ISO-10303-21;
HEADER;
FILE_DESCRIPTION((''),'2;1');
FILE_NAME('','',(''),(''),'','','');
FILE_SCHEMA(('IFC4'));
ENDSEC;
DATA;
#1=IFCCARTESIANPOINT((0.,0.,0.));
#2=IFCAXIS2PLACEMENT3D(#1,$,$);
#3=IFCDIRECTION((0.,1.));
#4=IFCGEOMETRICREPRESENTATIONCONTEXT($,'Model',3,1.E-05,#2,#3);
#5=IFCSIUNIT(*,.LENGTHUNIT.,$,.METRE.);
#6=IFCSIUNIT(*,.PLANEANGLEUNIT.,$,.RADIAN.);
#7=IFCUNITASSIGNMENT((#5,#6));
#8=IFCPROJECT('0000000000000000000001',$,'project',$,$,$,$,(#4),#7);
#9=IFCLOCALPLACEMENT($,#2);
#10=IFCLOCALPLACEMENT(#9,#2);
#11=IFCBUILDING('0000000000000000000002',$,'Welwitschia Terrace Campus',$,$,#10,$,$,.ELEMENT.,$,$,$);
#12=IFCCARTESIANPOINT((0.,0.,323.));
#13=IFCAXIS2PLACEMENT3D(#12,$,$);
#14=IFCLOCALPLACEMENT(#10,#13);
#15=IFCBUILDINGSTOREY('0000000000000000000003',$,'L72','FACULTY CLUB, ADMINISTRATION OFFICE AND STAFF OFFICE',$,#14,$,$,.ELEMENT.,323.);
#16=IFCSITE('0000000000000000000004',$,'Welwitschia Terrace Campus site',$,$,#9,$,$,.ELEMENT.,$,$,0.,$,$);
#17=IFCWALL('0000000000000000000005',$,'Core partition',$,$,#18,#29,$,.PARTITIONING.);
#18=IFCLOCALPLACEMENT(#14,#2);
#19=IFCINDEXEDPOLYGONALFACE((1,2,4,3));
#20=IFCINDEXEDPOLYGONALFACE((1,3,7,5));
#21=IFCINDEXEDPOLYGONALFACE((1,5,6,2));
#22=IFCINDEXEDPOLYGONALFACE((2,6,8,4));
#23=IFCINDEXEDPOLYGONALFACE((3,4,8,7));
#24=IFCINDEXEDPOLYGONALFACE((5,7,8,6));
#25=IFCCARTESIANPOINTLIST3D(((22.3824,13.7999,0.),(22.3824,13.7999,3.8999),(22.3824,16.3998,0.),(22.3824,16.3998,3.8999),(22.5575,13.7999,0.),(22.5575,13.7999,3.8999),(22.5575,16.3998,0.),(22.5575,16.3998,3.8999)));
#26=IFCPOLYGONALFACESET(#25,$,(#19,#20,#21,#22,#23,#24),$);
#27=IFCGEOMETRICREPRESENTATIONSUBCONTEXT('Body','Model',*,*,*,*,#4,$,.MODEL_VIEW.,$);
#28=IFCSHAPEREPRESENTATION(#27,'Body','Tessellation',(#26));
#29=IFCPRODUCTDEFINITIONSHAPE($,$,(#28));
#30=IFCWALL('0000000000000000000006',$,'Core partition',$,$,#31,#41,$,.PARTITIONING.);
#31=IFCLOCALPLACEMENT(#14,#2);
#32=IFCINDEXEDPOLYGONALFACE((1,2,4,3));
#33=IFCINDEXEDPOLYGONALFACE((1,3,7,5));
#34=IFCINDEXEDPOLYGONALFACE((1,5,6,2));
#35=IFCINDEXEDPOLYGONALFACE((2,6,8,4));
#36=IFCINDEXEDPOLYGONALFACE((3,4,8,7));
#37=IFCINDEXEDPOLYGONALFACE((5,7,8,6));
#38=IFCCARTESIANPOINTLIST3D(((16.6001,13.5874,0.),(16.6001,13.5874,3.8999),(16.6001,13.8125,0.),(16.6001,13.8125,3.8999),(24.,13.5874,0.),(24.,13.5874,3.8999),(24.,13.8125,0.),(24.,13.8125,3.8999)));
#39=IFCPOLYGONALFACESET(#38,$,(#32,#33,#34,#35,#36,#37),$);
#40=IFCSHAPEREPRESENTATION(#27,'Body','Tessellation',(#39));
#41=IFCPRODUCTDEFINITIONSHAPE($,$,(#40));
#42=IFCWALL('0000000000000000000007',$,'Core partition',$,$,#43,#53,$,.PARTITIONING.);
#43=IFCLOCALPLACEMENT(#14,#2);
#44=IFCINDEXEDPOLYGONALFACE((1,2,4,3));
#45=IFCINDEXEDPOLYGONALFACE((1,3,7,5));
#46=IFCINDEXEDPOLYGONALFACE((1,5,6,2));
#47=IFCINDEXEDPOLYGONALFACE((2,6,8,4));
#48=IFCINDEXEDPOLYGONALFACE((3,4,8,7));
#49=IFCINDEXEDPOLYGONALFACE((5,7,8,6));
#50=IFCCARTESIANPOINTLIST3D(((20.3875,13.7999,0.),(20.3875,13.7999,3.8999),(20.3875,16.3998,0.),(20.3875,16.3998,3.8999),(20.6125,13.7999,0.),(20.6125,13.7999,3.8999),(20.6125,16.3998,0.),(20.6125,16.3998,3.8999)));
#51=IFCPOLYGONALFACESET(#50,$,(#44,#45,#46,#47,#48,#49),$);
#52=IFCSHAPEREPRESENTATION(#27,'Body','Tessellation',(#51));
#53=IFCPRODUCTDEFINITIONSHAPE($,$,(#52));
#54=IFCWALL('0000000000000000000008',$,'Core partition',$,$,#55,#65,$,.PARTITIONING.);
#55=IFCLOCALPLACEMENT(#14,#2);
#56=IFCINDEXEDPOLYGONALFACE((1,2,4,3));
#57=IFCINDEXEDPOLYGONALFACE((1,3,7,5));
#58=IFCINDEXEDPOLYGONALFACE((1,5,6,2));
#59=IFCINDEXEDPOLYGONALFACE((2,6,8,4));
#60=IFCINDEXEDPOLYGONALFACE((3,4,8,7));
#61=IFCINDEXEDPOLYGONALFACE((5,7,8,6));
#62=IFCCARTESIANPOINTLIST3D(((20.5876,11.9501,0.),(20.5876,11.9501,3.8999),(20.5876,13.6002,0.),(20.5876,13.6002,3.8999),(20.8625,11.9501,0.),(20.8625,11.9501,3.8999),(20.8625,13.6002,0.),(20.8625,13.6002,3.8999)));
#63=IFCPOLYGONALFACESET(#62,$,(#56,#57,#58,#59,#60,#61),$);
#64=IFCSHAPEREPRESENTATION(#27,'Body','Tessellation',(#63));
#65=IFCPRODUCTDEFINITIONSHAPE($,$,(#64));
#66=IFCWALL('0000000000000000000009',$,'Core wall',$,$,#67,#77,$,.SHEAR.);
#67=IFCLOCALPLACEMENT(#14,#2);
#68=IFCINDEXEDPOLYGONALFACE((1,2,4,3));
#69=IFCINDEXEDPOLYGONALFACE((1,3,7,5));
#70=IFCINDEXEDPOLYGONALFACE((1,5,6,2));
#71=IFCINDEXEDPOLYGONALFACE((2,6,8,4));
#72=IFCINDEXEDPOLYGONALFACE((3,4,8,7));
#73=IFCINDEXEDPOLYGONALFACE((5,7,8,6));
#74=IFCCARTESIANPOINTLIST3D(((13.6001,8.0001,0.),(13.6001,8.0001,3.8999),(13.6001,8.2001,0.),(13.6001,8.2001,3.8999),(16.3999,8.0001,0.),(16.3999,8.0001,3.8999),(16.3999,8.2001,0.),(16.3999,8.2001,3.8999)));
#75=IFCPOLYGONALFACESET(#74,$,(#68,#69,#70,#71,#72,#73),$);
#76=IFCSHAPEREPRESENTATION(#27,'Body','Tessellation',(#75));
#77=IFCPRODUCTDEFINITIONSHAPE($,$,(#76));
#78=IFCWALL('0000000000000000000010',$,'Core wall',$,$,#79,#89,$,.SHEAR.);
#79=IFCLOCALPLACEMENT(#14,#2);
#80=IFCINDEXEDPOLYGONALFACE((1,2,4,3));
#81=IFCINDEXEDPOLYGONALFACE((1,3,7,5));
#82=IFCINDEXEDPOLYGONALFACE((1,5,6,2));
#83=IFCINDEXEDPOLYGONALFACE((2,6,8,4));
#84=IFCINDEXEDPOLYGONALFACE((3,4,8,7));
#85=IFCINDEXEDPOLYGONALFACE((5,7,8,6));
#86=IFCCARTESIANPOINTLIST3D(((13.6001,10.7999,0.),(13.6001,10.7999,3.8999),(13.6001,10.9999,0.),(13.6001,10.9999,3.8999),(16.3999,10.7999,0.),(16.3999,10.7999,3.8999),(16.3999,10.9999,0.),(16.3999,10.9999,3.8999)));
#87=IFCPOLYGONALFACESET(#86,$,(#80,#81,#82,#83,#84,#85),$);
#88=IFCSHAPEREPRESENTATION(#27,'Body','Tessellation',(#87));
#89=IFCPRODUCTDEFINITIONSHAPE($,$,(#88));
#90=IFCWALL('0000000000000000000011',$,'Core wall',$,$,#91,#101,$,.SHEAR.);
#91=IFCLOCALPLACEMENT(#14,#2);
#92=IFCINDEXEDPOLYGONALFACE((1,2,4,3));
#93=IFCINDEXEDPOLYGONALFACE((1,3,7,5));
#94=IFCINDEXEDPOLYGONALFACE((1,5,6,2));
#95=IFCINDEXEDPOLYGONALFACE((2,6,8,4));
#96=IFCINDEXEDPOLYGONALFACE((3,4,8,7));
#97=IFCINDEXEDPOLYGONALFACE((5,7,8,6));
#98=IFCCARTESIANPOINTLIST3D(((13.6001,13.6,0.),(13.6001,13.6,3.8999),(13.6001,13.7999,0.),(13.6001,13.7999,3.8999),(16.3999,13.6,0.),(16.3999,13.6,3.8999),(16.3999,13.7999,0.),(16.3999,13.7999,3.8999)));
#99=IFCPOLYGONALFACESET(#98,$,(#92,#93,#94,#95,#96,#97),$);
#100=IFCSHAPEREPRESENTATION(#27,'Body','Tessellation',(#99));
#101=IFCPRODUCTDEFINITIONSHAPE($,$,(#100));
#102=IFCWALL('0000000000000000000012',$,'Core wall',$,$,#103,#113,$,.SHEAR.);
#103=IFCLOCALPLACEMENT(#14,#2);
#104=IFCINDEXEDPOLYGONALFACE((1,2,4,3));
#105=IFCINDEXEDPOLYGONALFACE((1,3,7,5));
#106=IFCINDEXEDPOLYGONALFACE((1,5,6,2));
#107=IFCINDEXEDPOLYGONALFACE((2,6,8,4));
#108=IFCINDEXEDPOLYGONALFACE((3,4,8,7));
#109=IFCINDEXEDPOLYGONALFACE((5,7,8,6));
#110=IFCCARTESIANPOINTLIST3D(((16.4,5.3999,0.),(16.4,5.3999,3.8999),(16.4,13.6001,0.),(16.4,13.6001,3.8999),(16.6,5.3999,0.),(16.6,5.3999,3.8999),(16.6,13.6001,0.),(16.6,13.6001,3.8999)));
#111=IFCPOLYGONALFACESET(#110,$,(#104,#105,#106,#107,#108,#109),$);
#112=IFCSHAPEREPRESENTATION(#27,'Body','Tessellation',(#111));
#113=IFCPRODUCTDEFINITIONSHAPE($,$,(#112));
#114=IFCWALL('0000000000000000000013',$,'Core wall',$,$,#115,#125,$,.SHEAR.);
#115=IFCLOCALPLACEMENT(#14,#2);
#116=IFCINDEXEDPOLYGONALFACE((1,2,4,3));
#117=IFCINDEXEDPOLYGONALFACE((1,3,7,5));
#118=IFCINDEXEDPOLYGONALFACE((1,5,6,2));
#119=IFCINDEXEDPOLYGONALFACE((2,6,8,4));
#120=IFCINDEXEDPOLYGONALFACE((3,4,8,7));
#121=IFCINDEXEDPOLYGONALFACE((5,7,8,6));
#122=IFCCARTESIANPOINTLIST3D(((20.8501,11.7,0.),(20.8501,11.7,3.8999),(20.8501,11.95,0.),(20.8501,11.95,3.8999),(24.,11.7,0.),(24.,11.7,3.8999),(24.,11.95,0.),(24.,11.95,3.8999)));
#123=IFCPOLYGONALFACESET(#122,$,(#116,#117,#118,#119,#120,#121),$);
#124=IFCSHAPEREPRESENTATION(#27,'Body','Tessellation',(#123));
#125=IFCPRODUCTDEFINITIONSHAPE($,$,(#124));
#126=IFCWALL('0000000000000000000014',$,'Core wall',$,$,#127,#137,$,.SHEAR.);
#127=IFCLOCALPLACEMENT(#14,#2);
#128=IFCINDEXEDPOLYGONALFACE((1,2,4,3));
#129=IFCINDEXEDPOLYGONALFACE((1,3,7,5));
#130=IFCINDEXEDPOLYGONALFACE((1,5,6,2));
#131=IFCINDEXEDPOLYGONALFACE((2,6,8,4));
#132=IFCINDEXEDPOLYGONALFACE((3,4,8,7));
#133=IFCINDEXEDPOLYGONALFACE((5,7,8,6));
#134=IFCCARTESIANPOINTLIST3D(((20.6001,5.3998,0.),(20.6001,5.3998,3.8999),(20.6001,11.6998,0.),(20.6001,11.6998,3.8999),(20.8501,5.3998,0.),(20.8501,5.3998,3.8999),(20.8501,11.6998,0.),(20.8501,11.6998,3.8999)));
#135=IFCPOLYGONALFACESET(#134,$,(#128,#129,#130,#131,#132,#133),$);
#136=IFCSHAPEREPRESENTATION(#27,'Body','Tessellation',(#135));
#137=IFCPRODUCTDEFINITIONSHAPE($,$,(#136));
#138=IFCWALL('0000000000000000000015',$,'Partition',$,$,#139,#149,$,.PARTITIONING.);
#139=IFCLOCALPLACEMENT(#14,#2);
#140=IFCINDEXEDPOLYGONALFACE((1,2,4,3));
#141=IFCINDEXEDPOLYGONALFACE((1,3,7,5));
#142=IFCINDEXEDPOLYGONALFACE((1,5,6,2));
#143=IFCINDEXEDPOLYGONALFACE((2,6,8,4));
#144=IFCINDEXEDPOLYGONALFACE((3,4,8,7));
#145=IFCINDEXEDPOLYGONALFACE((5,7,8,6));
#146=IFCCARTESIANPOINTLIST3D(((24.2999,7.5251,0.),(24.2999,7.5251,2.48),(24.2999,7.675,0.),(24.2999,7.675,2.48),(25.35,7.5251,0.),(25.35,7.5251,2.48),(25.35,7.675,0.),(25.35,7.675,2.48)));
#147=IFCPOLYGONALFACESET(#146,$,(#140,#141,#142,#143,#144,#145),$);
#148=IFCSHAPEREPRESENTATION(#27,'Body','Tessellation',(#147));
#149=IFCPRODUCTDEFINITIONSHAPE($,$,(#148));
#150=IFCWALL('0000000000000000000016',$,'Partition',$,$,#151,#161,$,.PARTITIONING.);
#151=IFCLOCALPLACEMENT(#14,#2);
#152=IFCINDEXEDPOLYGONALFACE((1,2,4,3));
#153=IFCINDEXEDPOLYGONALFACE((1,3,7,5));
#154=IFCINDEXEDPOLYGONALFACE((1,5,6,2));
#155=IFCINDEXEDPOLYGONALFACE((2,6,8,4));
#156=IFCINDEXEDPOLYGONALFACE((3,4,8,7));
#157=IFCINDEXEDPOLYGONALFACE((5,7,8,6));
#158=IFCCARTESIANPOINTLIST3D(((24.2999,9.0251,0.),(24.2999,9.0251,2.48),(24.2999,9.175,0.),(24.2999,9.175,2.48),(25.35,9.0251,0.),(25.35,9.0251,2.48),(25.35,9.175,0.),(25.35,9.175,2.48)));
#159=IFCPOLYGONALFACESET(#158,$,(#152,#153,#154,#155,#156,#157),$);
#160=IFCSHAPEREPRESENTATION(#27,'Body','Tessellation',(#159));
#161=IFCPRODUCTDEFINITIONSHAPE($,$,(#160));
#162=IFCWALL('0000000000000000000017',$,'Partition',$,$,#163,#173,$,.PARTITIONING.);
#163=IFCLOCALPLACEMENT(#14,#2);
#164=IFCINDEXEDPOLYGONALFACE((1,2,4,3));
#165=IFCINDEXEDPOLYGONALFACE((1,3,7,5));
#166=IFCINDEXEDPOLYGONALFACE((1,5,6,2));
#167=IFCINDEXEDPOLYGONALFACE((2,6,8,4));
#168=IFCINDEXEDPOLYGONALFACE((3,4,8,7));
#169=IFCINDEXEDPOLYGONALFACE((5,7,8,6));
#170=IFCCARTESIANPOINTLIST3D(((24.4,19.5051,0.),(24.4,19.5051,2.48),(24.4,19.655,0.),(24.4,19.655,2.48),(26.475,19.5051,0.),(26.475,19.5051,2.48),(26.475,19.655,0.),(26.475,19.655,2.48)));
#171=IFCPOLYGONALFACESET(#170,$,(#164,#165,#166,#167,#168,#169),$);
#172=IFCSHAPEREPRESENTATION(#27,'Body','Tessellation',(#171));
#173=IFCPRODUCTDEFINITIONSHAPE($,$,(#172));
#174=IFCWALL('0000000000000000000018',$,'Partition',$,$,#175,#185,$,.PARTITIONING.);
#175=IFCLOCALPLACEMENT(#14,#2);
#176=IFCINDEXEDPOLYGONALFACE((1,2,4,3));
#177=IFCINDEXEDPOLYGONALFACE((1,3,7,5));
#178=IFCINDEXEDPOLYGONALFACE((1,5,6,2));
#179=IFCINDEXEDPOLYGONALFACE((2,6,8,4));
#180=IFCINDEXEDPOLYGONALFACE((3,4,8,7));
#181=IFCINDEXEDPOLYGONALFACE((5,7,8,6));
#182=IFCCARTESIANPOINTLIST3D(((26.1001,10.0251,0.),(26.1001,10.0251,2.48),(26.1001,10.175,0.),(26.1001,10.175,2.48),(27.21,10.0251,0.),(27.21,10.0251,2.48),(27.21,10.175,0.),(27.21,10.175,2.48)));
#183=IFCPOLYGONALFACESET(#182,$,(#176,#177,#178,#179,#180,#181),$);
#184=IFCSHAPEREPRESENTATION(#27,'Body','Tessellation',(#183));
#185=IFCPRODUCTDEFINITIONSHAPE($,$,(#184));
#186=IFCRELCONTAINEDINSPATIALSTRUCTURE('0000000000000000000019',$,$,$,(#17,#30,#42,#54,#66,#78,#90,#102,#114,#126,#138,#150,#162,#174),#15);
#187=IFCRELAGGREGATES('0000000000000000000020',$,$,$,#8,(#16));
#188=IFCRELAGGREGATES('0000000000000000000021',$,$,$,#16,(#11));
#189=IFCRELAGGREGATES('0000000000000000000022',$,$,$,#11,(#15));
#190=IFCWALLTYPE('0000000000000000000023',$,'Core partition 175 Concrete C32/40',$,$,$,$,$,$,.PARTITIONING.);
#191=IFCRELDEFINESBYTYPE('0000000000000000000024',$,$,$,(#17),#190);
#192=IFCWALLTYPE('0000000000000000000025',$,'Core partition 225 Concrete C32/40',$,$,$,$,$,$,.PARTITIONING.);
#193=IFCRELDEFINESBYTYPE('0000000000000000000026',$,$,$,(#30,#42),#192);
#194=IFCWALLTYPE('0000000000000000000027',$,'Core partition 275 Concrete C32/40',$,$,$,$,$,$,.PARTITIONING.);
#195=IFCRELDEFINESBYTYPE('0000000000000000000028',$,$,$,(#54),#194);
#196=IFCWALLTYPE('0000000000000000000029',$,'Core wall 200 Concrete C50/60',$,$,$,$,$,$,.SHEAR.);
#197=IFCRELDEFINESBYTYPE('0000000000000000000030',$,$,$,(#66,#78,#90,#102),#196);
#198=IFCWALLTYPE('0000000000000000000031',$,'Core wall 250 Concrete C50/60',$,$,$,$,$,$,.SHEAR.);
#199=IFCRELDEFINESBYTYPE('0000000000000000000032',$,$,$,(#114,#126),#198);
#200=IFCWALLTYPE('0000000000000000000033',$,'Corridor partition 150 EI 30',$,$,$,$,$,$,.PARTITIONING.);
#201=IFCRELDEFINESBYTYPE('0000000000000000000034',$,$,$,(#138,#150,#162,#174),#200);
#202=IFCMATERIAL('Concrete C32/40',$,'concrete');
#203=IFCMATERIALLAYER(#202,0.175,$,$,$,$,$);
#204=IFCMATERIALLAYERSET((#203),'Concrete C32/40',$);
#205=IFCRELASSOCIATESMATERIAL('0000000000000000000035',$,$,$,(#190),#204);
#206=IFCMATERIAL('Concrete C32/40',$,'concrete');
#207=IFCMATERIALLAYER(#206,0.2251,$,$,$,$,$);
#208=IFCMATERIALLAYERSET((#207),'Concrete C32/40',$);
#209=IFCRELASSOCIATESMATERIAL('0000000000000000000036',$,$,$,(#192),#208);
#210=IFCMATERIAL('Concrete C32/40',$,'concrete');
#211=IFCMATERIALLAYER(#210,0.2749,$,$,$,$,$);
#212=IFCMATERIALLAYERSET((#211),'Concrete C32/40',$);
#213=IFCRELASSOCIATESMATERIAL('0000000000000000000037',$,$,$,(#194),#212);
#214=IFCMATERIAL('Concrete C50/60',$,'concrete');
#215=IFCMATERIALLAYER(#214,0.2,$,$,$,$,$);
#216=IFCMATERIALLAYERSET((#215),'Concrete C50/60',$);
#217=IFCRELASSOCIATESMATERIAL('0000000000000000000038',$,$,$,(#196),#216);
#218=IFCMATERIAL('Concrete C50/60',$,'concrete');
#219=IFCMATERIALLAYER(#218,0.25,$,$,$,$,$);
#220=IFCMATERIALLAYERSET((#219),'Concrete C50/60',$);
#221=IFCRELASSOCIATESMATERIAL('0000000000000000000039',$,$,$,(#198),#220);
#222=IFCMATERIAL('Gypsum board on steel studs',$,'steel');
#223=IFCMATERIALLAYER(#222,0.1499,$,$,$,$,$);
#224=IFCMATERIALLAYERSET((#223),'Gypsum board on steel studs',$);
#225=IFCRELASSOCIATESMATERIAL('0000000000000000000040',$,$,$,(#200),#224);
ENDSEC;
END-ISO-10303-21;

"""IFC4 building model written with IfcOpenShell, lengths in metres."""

from ifc_helpers import new_model, si_unit, direction, frame, frame_2d, origin, place, context, subcontext, project, spatial, rectangle, extrude, material, layer, layer_set, type_object, element, save


model = new_model("IFC4")

# Units and contexts
model_context = context("Model", 3, precision=1e-05, world=origin(), true_north=direction((0.0, 1.0)))
body_context = subcontext(model_context, "Body", "Model", "MODEL_VIEW")
ifc_project = project(units=[si_unit("LENGTHUNIT", "METRE"), si_unit("PLANEANGLEUNIT", "RADIAN")], contexts=[model_context])

# Site, building, storey
site_placement = place(None, origin())
site = spatial("IfcSite", under=ifc_project, at=site_placement, Name="Welwitschia Terrace Campus site", CompositionType="ELEMENT", RefElevation=0.0)
building_placement = place(site_placement, origin())
building = spatial("IfcBuilding", under=site, at=building_placement, Name="Welwitschia Terrace Campus", CompositionType="ELEMENT")
storey_placement = place(building_placement, frame((0.0, 0.0, 323.0)))
storey = spatial("IfcBuildingStorey", under=building, at=storey_placement, Name="L72", Description="FACULTY CLUB, ADMINISTRATION OFFICE AND STAFF OFFICE", CompositionType="ELEMENT", Elevation=323.0)

# Walls
ifc_material_1 = material(Name="Concrete C32/40", Category="concrete")
ifc_layer_1 = layer(ifc_material_1, 0.175)
ifc_layer_set_1 = layer_set([ifc_layer_1], Name="Concrete C32/40")
wall_type_1 = type_object("IfcWallType", Name="Core partition 175 Concrete C32/40", PredefinedType="PARTITIONING", material=ifc_layer_set_1)
wall_1_placement = place(storey_placement, frame((22.47, 13.8, 0.0), z_axis=(0.0, 0.0, 1.0), x_axis=(0.0, 1.0, 0.0)))
element("IfcWall", 1, at=wall_1_placement, inside=storey, type_object=wall_type_1, Name="Core partition", PredefinedType="PARTITIONING", context=body_context, shape_type="SweptSolid", body=[
    extrude(rectangle(XDim=2.5999, YDim=0.175, at=frame_2d((1.2998, 0.0))), origin(), (0.0, 0.0, 1.0), 3.8999),
])
ifc_material_2 = material(Name="Concrete C32/40", Category="concrete")
ifc_layer_2 = layer(ifc_material_2, 0.2251)
ifc_layer_set_2 = layer_set([ifc_layer_2], Name="Concrete C32/40")
wall_type_2 = type_object("IfcWallType", Name="Core partition 225 Concrete C32/40", PredefinedType="PARTITIONING", material=ifc_layer_set_2)
wall_2_placement = place(storey_placement, frame((16.6001, 13.7, 0.0), z_axis=(0.0, 0.0, 1.0), x_axis=(1.0, 0.0, 0.0)))
element("IfcWall", 2, at=wall_2_placement, inside=storey, type_object=wall_type_2, Name="Core partition", PredefinedType="PARTITIONING", context=body_context, shape_type="SweptSolid", body=[
    extrude(rectangle(XDim=7.3999, YDim=0.2251, at=frame_2d((3.7, 0.0))), origin(), (0.0, 0.0, 1.0), 3.8999),
])
wall_3_placement = place(storey_placement, frame((20.5, 13.8, 0.0), z_axis=(0.0, 0.0, 1.0), x_axis=(0.0, 1.0, 0.0)))
element("IfcWall", 3, at=wall_3_placement, inside=storey, type_object=wall_type_2, Name="Core partition", PredefinedType="PARTITIONING", context=body_context, shape_type="SweptSolid", body=[
    extrude(rectangle(XDim=2.5999, YDim=0.2251, at=frame_2d((1.2998, 0.0))), origin(), (0.0, 0.0, 1.0), 3.8999),
])
ifc_material_3 = material(Name="Concrete C32/40", Category="concrete")
ifc_layer_3 = layer(ifc_material_3, 0.2749)
ifc_layer_set_3 = layer_set([ifc_layer_3], Name="Concrete C32/40")
wall_type_3 = type_object("IfcWallType", Name="Core partition 275 Concrete C32/40", PredefinedType="PARTITIONING", material=ifc_layer_set_3)
wall_4_placement = place(storey_placement, frame((20.7251, 11.95, 0.0), z_axis=(0.0, 0.0, 1.0), x_axis=(0.0, 1.0, 0.0)))
element("IfcWall", 4, at=wall_4_placement, inside=storey, type_object=wall_type_3, Name="Core partition", PredefinedType="PARTITIONING", context=body_context, shape_type="SweptSolid", body=[
    extrude(rectangle(XDim=1.6501, YDim=0.2749, at=frame_2d((0.8252, 0.0))), origin(), (0.0, 0.0, 1.0), 3.8999),
])
ifc_material_4 = material(Name="Concrete C50/60", Category="concrete")
ifc_layer_4 = layer(ifc_material_4, 0.2)
ifc_layer_set_4 = layer_set([ifc_layer_4], Name="Concrete C50/60")
wall_type_4 = type_object("IfcWallType", Name="Core wall 200 Concrete C50/60", PredefinedType="SHEAR", material=ifc_layer_set_4)
for number, where, z_axis, x_axis, name in (
    (5, (13.6001, 8.1001, 0.0), (0.0, 0.0, 1.0), (1.0, 0.0, 0.0), "Core wall"),
    (6, (13.6001, 10.8999, 0.0), (0.0, 0.0, 1.0), (1.0, 0.0, 0.0), "Core wall"),
    (7, (13.6001, 13.7, 0.0), (0.0, 0.0, 1.0), (1.0, 0.0, 0.0), "Core wall"),
):
    element("IfcWall", number, at=place(storey_placement, frame(where, z_axis=z_axis, x_axis=x_axis)), inside=storey, type_object=wall_type_4, Name=name, PredefinedType="SHEAR", context=body_context, shape_type="SweptSolid", body=[
        extrude(rectangle(XDim=2.7998, YDim=0.2, at=frame_2d((1.3999, 0.0))), origin(), (0.0, 0.0, 1.0), 3.8999),
    ])
wall_5_placement = place(storey_placement, frame((16.5, 5.3999, 0.0), z_axis=(0.0, 0.0, 1.0), x_axis=(0.0, 1.0, 0.0)))
element("IfcWall", 8, at=wall_5_placement, inside=storey, type_object=wall_type_4, Name="Core wall", PredefinedType="SHEAR", context=body_context, shape_type="SweptSolid", body=[
    extrude(rectangle(XDim=8.2002, YDim=0.2, at=frame_2d((4.1001, 0.0))), origin(), (0.0, 0.0, 1.0), 3.8999),
])
ifc_material_5 = material(Name="Concrete C50/60", Category="concrete")
ifc_layer_5 = layer(ifc_material_5, 0.25)
ifc_layer_set_5 = layer_set([ifc_layer_5], Name="Concrete C50/60")
wall_type_5 = type_object("IfcWallType", Name="Core wall 250 Concrete C50/60", PredefinedType="SHEAR", material=ifc_layer_set_5)
wall_6_placement = place(storey_placement, frame((20.8501, 11.825, 0.0), z_axis=(0.0, 0.0, 1.0), x_axis=(1.0, 0.0, 0.0)))
element("IfcWall", 9, at=wall_6_placement, inside=storey, type_object=wall_type_5, Name="Core wall", PredefinedType="SHEAR", context=body_context, shape_type="SweptSolid", body=[
    extrude(rectangle(XDim=3.1499, YDim=0.25, at=frame_2d((1.575, 0.0))), origin(), (0.0, 0.0, 1.0), 3.8999),
])
wall_7_placement = place(storey_placement, frame((20.7251, 5.3999, 0.0), z_axis=(0.0, 0.0, 1.0), x_axis=(0.0, 1.0, 0.0)))
element("IfcWall", 10, at=wall_7_placement, inside=storey, type_object=wall_type_5, Name="Core wall", PredefinedType="SHEAR", context=body_context, shape_type="SweptSolid", body=[
    extrude(rectangle(XDim=6.3, YDim=0.25, at=frame_2d((3.1499, 0.0))), origin(), (0.0, 0.0, 1.0), 3.8999),
])
ifc_material_6 = material(Name="Gypsum board on steel studs", Category="steel")
ifc_layer_6 = layer(ifc_material_6, 0.1499)
ifc_layer_set_6 = layer_set([ifc_layer_6], Name="Gypsum board on steel studs")
wall_type_6 = type_object("IfcWallType", Name="Corridor partition 150 EI 30", PredefinedType="PARTITIONING", material=ifc_layer_set_6)
for number, where, z_axis, x_axis, name in (
    (11, (24.3, 7.6001, 0.0), (0.0, 0.0, 1.0), (1.0, 0.0, 0.0), "Partition"),
    (12, (24.3, 9.1001, 0.0), (0.0, 0.0, 1.0), (1.0, 0.0, 0.0), "Partition"),
):
    element("IfcWall", number, at=place(storey_placement, frame(where, z_axis=z_axis, x_axis=x_axis)), inside=storey, type_object=wall_type_6, Name=name, PredefinedType="PARTITIONING", context=body_context, shape_type="SweptSolid", body=[
        extrude(rectangle(XDim=1.05, YDim=0.1499, at=frame_2d((0.5249, 0.0))), origin(), (0.0, 0.0, 1.0), 2.48),
    ])
wall_8_placement = place(storey_placement, frame((24.3999, 19.5801, 0.0), z_axis=(0.0, 0.0, 1.0), x_axis=(1.0, 0.0, 0.0)))
element("IfcWall", 13, at=wall_8_placement, inside=storey, type_object=wall_type_6, Name="Partition", PredefinedType="PARTITIONING", context=body_context, shape_type="SweptSolid", body=[
    extrude(rectangle(XDim=2.075, YDim=0.1499, at=frame_2d((1.0376, 0.0))), origin(), (0.0, 0.0, 1.0), 2.48),
])
wall_9_placement = place(storey_placement, frame((26.1001, 10.1001, 0.0), z_axis=(0.0, 0.0, 1.0), x_axis=(1.0, 0.0, 0.0)))
element("IfcWall", 14, at=wall_9_placement, inside=storey, type_object=wall_type_6, Name="Partition", PredefinedType="PARTITIONING", context=body_context, shape_type="SweptSolid", body=[
    extrude(rectangle(XDim=1.1099, YDim=0.1499, at=frame_2d((0.5549, 0.0))), origin(), (0.0, 0.0, 1.0), 2.48),
])

save(model, "model.ifc")
